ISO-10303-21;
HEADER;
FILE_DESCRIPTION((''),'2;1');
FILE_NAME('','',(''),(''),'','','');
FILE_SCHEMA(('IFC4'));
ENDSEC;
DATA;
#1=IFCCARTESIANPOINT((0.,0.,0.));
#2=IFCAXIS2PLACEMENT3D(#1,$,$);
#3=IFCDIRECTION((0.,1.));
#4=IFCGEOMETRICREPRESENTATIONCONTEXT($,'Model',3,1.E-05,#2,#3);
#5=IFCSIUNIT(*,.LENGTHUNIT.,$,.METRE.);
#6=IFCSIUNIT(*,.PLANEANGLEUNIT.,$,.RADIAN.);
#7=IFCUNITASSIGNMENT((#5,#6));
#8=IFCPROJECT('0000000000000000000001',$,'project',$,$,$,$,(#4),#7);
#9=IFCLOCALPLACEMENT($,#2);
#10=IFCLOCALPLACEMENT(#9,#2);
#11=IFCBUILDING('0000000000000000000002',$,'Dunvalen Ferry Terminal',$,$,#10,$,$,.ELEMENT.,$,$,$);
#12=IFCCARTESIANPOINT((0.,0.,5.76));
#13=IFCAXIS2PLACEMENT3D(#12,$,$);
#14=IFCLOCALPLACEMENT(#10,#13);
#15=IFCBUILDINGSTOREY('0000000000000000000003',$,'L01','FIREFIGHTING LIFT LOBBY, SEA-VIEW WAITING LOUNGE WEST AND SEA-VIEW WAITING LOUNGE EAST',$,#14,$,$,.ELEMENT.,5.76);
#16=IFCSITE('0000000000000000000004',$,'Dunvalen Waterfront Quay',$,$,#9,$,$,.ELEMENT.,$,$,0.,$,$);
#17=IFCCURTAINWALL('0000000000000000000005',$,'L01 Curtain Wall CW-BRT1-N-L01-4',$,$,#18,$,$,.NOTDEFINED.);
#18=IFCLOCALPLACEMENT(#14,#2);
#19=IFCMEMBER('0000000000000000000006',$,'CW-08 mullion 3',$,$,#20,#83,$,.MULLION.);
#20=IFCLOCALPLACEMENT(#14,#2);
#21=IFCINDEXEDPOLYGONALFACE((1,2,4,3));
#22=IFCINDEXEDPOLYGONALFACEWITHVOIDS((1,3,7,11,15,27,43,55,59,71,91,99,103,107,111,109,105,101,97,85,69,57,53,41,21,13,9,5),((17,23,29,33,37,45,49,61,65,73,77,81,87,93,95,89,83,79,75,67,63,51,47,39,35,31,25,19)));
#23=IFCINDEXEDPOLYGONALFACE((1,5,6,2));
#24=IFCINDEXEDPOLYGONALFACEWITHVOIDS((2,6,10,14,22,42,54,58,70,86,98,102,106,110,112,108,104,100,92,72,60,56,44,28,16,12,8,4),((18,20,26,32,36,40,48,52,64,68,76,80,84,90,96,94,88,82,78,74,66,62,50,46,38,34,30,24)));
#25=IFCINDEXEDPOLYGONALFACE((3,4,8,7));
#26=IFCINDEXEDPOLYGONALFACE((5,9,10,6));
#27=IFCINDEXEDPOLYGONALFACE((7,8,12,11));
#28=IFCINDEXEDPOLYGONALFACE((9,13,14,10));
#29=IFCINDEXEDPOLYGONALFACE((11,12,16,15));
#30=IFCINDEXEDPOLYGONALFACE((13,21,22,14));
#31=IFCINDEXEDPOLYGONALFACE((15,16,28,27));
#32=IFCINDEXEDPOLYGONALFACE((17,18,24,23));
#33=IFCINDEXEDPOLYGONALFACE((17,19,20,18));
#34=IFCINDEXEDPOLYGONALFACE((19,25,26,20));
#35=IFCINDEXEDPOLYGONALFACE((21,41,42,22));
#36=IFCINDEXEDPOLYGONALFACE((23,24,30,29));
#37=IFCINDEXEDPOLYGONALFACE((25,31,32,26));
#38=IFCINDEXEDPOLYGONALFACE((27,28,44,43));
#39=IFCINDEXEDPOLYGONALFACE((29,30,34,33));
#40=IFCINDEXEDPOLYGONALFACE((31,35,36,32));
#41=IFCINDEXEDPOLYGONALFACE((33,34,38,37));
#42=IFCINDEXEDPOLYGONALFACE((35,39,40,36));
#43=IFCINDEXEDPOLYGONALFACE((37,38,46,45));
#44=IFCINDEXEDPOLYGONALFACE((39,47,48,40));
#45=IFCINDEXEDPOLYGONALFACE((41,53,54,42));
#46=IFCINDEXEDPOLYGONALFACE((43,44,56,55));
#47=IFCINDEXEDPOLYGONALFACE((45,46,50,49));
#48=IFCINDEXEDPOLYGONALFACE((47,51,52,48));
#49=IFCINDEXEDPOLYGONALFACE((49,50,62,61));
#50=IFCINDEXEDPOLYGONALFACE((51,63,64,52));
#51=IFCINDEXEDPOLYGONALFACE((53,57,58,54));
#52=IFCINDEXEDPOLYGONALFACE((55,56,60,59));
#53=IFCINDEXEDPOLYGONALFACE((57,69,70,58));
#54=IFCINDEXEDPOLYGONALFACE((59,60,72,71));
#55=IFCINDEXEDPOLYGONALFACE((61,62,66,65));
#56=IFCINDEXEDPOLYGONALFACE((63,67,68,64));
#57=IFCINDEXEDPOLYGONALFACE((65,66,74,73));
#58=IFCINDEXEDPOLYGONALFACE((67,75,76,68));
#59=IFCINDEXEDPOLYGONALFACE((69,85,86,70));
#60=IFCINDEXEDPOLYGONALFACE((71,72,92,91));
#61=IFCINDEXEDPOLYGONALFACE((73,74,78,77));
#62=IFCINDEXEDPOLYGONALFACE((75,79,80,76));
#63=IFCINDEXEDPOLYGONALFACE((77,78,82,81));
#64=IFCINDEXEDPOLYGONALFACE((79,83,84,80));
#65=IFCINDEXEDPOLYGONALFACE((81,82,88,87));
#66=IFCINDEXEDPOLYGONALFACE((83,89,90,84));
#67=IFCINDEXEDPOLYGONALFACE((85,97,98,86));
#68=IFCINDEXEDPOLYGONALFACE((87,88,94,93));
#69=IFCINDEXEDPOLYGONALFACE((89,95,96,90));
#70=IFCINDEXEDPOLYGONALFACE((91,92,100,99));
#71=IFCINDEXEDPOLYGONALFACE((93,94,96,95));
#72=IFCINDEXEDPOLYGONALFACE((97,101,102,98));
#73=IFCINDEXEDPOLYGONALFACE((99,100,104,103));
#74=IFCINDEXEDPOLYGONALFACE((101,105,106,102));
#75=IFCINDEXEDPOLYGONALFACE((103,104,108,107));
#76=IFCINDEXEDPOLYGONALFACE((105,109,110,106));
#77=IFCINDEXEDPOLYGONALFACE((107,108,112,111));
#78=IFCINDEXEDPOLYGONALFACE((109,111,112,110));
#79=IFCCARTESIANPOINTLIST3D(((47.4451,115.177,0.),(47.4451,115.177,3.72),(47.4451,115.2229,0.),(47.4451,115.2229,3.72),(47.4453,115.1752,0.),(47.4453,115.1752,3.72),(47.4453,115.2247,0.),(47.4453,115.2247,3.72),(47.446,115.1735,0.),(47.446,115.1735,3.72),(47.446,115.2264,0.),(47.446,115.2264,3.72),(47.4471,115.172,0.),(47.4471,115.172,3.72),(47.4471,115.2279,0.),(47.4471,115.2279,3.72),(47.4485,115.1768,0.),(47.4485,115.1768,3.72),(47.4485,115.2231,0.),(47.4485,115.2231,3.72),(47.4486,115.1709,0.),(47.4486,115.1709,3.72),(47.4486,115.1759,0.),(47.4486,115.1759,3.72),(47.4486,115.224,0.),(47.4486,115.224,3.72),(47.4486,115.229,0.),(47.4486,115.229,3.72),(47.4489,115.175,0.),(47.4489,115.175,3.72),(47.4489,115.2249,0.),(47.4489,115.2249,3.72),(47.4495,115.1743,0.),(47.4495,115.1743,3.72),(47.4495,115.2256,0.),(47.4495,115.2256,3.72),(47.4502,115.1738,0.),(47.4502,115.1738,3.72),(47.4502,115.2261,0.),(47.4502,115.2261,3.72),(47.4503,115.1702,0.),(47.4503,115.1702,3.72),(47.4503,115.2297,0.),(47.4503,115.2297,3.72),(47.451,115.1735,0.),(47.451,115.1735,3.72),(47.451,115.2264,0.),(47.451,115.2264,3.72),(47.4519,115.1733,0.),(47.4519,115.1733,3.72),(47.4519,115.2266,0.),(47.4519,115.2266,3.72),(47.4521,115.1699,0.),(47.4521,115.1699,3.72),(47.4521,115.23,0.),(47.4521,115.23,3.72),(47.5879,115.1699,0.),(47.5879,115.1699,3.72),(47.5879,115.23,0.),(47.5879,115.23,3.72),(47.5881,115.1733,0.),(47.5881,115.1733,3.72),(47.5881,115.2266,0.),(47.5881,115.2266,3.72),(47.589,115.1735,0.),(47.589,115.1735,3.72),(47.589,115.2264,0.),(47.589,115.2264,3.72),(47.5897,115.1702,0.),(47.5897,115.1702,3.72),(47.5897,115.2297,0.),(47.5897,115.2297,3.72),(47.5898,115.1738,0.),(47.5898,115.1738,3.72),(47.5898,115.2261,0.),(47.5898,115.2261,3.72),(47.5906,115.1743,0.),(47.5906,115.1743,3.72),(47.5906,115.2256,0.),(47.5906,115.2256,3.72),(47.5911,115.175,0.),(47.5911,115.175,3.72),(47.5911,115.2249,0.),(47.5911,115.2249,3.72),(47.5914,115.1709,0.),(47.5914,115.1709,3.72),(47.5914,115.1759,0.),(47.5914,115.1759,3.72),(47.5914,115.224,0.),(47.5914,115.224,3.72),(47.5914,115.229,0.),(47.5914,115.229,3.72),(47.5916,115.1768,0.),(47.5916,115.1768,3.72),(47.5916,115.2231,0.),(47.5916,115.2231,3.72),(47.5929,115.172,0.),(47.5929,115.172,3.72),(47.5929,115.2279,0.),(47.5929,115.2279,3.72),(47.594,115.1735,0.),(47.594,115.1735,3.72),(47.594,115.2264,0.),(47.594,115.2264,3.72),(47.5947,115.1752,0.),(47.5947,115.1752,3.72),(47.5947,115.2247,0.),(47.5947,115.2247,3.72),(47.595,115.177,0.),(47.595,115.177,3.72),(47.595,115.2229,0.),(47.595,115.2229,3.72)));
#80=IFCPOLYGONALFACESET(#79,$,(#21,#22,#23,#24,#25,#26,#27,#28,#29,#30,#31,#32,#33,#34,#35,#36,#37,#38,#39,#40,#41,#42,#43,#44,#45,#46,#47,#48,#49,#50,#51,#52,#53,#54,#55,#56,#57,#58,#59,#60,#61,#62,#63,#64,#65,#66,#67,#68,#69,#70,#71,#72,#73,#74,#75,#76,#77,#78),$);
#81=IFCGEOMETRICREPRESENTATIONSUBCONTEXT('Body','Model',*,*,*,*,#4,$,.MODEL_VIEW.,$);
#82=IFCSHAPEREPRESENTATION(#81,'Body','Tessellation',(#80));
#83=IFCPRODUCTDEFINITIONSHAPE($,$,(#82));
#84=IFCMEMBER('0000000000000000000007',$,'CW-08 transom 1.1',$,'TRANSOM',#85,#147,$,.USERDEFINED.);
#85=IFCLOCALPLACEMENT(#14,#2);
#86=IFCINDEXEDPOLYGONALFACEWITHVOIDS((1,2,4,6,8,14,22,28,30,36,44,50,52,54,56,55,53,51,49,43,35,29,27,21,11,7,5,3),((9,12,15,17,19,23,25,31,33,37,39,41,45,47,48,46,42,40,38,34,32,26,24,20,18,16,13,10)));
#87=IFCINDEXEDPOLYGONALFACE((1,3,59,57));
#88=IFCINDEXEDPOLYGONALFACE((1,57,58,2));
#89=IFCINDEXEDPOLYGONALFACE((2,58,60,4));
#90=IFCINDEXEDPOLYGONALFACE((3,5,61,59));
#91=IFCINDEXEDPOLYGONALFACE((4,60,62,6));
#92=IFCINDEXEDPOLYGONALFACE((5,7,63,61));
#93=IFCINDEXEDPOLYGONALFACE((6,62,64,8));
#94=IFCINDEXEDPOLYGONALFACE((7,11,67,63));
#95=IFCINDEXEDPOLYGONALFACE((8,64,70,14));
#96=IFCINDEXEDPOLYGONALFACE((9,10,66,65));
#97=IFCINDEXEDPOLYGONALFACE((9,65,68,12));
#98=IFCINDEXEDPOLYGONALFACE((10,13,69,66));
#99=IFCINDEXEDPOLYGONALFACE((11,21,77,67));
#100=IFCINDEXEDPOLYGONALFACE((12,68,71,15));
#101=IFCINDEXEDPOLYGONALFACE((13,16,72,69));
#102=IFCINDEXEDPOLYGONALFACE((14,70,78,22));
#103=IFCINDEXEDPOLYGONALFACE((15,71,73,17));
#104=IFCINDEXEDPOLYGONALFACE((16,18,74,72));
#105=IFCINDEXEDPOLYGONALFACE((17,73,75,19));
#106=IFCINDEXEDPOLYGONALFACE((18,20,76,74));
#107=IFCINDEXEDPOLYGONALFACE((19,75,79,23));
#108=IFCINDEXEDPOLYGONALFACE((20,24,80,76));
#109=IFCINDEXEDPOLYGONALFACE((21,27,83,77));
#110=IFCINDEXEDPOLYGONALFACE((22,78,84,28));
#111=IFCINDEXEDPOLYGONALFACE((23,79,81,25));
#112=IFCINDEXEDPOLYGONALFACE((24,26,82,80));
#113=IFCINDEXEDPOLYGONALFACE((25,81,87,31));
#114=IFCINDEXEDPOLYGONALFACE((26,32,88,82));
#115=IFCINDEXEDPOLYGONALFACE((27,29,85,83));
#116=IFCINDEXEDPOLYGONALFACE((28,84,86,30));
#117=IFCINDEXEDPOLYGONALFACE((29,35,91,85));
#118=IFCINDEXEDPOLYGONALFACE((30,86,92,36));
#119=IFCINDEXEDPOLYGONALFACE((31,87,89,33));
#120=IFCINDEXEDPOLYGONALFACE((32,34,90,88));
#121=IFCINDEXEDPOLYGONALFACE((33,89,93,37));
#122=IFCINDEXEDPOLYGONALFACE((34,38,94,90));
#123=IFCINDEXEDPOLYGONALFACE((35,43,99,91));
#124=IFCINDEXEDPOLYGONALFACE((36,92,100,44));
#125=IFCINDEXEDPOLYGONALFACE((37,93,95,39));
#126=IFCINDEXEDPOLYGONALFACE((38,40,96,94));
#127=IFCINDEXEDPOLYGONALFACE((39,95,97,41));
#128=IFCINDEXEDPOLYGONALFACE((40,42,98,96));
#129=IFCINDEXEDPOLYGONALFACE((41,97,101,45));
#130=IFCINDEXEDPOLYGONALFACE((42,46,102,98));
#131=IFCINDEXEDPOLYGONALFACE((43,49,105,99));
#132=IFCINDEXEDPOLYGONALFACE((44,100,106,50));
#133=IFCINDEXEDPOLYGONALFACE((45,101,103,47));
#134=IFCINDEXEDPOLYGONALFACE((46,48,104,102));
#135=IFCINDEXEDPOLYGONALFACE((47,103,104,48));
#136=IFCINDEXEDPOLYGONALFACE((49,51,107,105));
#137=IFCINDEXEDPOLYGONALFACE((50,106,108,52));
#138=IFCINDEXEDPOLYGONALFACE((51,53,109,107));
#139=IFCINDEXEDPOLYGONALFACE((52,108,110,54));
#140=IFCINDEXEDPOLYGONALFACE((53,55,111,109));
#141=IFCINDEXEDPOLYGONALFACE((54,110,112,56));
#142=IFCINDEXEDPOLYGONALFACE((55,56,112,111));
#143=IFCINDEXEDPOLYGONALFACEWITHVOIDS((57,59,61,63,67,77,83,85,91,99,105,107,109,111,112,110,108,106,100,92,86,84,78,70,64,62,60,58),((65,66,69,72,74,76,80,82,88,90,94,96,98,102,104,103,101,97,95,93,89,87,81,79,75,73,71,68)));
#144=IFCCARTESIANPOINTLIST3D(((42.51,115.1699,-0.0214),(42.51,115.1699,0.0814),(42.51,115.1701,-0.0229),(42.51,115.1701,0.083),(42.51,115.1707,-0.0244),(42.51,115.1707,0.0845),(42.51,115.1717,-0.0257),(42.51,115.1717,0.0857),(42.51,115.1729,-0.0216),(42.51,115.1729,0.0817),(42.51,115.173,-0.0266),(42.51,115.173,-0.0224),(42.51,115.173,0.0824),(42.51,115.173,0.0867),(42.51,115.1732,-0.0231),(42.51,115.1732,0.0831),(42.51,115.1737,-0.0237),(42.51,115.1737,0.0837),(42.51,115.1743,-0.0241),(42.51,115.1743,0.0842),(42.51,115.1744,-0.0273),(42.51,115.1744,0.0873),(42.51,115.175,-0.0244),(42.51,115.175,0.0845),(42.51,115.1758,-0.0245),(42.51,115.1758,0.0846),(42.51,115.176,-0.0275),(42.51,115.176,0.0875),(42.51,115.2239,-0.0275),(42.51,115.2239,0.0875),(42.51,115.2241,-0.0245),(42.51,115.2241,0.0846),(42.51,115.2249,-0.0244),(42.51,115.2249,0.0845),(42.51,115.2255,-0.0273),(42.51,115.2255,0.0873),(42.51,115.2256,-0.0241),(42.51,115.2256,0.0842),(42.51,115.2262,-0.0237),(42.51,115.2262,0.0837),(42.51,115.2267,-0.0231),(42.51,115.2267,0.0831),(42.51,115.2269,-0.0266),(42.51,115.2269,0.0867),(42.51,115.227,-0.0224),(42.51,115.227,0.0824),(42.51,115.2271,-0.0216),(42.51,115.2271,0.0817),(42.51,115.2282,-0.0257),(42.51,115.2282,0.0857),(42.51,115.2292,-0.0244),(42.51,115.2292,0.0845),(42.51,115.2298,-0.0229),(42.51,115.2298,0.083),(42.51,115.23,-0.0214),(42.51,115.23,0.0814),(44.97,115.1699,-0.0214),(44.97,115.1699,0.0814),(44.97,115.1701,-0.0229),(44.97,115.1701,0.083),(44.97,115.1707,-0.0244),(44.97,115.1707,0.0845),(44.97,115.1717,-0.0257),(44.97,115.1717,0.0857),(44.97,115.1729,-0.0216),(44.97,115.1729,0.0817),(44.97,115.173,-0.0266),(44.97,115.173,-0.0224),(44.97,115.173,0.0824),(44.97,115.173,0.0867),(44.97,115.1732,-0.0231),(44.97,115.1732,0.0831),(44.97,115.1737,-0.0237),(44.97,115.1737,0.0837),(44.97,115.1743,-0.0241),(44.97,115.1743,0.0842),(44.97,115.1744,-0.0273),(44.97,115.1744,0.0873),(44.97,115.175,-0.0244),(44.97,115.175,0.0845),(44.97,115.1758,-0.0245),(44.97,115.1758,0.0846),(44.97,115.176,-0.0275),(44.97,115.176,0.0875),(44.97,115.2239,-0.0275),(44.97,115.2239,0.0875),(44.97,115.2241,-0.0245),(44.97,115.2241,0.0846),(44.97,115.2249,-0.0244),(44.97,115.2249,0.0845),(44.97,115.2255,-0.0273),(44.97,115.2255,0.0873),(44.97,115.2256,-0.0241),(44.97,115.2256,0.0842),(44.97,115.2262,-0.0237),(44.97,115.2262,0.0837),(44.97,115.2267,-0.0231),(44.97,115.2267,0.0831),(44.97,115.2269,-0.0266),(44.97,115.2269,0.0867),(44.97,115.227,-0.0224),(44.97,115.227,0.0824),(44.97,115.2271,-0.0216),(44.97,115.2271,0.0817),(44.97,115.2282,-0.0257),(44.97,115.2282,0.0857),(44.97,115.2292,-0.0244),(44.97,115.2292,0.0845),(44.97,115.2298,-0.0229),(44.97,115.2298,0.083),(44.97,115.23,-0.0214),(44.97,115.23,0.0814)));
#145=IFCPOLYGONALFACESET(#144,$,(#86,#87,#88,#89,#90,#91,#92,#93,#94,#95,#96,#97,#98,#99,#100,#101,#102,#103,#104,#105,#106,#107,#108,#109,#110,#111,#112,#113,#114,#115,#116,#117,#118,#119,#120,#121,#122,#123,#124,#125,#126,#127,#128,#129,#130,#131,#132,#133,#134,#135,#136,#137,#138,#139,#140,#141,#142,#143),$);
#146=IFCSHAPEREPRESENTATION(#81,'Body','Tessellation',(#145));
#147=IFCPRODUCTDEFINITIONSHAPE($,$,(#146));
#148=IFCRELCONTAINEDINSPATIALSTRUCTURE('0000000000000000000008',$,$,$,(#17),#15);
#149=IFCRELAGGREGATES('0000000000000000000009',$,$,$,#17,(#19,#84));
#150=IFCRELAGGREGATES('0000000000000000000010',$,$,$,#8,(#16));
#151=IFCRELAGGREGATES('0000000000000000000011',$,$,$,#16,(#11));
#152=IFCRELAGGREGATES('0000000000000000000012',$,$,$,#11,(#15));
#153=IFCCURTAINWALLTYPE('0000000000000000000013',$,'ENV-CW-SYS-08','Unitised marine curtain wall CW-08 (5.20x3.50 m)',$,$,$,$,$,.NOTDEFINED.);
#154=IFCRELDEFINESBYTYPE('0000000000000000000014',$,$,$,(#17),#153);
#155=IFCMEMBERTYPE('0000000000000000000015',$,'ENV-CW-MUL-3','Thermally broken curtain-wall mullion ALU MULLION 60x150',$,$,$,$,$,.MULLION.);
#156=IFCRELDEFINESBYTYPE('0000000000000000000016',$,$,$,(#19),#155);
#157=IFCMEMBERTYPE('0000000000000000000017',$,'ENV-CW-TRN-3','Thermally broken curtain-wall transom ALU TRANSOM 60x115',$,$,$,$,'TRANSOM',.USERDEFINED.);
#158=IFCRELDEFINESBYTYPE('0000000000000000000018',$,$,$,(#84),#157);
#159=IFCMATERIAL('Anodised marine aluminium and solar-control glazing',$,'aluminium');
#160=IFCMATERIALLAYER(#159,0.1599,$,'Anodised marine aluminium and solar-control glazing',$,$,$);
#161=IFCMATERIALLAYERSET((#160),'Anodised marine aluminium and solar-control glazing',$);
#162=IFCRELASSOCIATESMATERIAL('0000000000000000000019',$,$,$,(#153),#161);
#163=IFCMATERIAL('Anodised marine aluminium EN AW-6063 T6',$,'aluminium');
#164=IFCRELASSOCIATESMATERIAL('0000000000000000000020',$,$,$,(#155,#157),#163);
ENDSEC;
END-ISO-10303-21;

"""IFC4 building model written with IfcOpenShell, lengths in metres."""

from ifc_helpers import new_model, si_unit, direction, frame, origin, origin_2d, place, context, subcontext, project, spatial, hollow_rectangle, extrude, material, layer, layer_set, material_profile, profile_set, type_object, element, aggregate, save


model = new_model("IFC4")

# Units and contexts
model_context = context("Model", 3, precision=1e-05, world=origin(), true_north=direction((0.0, 1.0)))
body_context = subcontext(model_context, "Body", "Model", "MODEL_VIEW")
ifc_project = project(units=[si_unit("LENGTHUNIT", "METRE"), si_unit("PLANEANGLEUNIT", "RADIAN")], contexts=[model_context])

# Site, building, storey
site_placement = place(None, origin())
site = spatial("IfcSite", under=ifc_project, at=site_placement, Name="Dunvalen Waterfront Quay", CompositionType="ELEMENT", RefElevation=0.0)
building_placement = place(site_placement, origin())
building = spatial("IfcBuilding", under=site, at=building_placement, Name="Dunvalen Ferry Terminal", CompositionType="ELEMENT")
storey_placement = place(building_placement, frame((0.0, 0.0, 5.76)))
storey = spatial("IfcBuildingStorey", under=building, at=storey_placement, Name="L01", Description="FIREFIGHTING LIFT LOBBY, SEA-VIEW WAITING LOUNGE WEST AND SEA-VIEW WAITING LOUNGE EAST", CompositionType="ELEMENT", Elevation=5.76)

# Curtain wall, members
ifc_material_1 = material(Name="Anodised marine aluminium and solar-control glazing", Category="aluminium")
ifc_layer_1 = layer(ifc_material_1, 0.1599, Name="Anodised marine aluminium and solar-control glazing")
ifc_layer_set_1 = layer_set([ifc_layer_1], Name="Anodised marine aluminium and solar-control glazing")
curtain_wall_type = type_object("IfcCurtainWallType", Name="ENV-CW-SYS-08", Description="Unitised marine curtain wall CW-08 (5.20x3.50 m)", PredefinedType="NOTDEFINED", material=ifc_layer_set_1)
curtain_wall_placement = place(storey_placement, origin())
curtain_wall = element("IfcCurtainWall", 1, at=curtain_wall_placement, inside=storey, type_object=curtain_wall_type, Name="L01 Curtain Wall CW-BRT1-N-L01-4", PredefinedType="NOTDEFINED")
ifc_material_2 = material(Name="Anodised marine aluminium EN AW-6063 T6", Category="aluminium")
ifc_material_profile_1 = material_profile(ifc_material_2, hollow_rectangle(XDim=0.0601, YDim=0.1499, WallThickness=0.0034, InnerFilletRadius=0.0034, OuterFilletRadius=0.0071, at=origin_2d()), Name="Anodised marine aluminium EN AW-6063 T6")
ifc_profile_set_1 = profile_set([ifc_material_profile_1], Name="Anodised marine aluminium EN AW-6063 T6")
member_type_1 = type_object("IfcMemberType", Name="ENV-CW-MUL-3", Description="Thermally broken curtain-wall mullion ALU MULLION 60x150", PredefinedType="MULLION", material=ifc_profile_set_1)
member_1_placement = place(storey_placement, frame((47.52, 115.2, 0.0), z_axis=(0.0, 0.0, 1.0), x_axis=(0.0, 1.0, 0.0)))
member_1 = element("IfcMember", 2, at=member_1_placement, type_object=member_type_1, Name="CW-08 mullion 3", PredefinedType="MULLION", context=body_context, shape_type="SweptSolid", body=[
    extrude(hollow_rectangle(XDim=0.0601, YDim=0.1499, WallThickness=0.0034, InnerFilletRadius=0.0034, OuterFilletRadius=0.0071, at=origin_2d()), origin(), (0.0, 0.0, 1.0), 3.72),
])
ifc_material_profile_2 = material_profile(ifc_material_2, hollow_rectangle(XDim=0.0601, YDim=0.115, WallThickness=0.0029, InnerFilletRadius=0.0029, OuterFilletRadius=0.0061, at=origin_2d()), Name="Anodised marine aluminium EN AW-6063 T6")
ifc_profile_set_2 = profile_set([ifc_material_profile_2], Name="Anodised marine aluminium EN AW-6063 T6")
member_type_2 = type_object("IfcMemberType", Name="ENV-CW-TRN-3", Description="Thermally broken curtain-wall transom ALU TRANSOM 60x115", ElementType="TRANSOM", PredefinedType="USERDEFINED", material=ifc_profile_set_2)
member_2_placement = place(storey_placement, frame((42.51, 115.2, 0.03), z_axis=(1.0, 0.0, 0.0), x_axis=(0.0, 1.0, 0.0)))
member_2 = element("IfcMember", 3, at=member_2_placement, type_object=member_type_2, Name="CW-08 transom 1.1", ObjectType="TRANSOM", PredefinedType="USERDEFINED", context=body_context, shape_type="SweptSolid", body=[
    extrude(hollow_rectangle(XDim=0.0601, YDim=0.115, WallThickness=0.0029, InnerFilletRadius=0.0029, OuterFilletRadius=0.0061, at=origin_2d()), origin(), (0.0, 0.0, 1.0), 2.46),
])
aggregate(curtain_wall, [member_1, member_2])

save(model, "model.ifc")
